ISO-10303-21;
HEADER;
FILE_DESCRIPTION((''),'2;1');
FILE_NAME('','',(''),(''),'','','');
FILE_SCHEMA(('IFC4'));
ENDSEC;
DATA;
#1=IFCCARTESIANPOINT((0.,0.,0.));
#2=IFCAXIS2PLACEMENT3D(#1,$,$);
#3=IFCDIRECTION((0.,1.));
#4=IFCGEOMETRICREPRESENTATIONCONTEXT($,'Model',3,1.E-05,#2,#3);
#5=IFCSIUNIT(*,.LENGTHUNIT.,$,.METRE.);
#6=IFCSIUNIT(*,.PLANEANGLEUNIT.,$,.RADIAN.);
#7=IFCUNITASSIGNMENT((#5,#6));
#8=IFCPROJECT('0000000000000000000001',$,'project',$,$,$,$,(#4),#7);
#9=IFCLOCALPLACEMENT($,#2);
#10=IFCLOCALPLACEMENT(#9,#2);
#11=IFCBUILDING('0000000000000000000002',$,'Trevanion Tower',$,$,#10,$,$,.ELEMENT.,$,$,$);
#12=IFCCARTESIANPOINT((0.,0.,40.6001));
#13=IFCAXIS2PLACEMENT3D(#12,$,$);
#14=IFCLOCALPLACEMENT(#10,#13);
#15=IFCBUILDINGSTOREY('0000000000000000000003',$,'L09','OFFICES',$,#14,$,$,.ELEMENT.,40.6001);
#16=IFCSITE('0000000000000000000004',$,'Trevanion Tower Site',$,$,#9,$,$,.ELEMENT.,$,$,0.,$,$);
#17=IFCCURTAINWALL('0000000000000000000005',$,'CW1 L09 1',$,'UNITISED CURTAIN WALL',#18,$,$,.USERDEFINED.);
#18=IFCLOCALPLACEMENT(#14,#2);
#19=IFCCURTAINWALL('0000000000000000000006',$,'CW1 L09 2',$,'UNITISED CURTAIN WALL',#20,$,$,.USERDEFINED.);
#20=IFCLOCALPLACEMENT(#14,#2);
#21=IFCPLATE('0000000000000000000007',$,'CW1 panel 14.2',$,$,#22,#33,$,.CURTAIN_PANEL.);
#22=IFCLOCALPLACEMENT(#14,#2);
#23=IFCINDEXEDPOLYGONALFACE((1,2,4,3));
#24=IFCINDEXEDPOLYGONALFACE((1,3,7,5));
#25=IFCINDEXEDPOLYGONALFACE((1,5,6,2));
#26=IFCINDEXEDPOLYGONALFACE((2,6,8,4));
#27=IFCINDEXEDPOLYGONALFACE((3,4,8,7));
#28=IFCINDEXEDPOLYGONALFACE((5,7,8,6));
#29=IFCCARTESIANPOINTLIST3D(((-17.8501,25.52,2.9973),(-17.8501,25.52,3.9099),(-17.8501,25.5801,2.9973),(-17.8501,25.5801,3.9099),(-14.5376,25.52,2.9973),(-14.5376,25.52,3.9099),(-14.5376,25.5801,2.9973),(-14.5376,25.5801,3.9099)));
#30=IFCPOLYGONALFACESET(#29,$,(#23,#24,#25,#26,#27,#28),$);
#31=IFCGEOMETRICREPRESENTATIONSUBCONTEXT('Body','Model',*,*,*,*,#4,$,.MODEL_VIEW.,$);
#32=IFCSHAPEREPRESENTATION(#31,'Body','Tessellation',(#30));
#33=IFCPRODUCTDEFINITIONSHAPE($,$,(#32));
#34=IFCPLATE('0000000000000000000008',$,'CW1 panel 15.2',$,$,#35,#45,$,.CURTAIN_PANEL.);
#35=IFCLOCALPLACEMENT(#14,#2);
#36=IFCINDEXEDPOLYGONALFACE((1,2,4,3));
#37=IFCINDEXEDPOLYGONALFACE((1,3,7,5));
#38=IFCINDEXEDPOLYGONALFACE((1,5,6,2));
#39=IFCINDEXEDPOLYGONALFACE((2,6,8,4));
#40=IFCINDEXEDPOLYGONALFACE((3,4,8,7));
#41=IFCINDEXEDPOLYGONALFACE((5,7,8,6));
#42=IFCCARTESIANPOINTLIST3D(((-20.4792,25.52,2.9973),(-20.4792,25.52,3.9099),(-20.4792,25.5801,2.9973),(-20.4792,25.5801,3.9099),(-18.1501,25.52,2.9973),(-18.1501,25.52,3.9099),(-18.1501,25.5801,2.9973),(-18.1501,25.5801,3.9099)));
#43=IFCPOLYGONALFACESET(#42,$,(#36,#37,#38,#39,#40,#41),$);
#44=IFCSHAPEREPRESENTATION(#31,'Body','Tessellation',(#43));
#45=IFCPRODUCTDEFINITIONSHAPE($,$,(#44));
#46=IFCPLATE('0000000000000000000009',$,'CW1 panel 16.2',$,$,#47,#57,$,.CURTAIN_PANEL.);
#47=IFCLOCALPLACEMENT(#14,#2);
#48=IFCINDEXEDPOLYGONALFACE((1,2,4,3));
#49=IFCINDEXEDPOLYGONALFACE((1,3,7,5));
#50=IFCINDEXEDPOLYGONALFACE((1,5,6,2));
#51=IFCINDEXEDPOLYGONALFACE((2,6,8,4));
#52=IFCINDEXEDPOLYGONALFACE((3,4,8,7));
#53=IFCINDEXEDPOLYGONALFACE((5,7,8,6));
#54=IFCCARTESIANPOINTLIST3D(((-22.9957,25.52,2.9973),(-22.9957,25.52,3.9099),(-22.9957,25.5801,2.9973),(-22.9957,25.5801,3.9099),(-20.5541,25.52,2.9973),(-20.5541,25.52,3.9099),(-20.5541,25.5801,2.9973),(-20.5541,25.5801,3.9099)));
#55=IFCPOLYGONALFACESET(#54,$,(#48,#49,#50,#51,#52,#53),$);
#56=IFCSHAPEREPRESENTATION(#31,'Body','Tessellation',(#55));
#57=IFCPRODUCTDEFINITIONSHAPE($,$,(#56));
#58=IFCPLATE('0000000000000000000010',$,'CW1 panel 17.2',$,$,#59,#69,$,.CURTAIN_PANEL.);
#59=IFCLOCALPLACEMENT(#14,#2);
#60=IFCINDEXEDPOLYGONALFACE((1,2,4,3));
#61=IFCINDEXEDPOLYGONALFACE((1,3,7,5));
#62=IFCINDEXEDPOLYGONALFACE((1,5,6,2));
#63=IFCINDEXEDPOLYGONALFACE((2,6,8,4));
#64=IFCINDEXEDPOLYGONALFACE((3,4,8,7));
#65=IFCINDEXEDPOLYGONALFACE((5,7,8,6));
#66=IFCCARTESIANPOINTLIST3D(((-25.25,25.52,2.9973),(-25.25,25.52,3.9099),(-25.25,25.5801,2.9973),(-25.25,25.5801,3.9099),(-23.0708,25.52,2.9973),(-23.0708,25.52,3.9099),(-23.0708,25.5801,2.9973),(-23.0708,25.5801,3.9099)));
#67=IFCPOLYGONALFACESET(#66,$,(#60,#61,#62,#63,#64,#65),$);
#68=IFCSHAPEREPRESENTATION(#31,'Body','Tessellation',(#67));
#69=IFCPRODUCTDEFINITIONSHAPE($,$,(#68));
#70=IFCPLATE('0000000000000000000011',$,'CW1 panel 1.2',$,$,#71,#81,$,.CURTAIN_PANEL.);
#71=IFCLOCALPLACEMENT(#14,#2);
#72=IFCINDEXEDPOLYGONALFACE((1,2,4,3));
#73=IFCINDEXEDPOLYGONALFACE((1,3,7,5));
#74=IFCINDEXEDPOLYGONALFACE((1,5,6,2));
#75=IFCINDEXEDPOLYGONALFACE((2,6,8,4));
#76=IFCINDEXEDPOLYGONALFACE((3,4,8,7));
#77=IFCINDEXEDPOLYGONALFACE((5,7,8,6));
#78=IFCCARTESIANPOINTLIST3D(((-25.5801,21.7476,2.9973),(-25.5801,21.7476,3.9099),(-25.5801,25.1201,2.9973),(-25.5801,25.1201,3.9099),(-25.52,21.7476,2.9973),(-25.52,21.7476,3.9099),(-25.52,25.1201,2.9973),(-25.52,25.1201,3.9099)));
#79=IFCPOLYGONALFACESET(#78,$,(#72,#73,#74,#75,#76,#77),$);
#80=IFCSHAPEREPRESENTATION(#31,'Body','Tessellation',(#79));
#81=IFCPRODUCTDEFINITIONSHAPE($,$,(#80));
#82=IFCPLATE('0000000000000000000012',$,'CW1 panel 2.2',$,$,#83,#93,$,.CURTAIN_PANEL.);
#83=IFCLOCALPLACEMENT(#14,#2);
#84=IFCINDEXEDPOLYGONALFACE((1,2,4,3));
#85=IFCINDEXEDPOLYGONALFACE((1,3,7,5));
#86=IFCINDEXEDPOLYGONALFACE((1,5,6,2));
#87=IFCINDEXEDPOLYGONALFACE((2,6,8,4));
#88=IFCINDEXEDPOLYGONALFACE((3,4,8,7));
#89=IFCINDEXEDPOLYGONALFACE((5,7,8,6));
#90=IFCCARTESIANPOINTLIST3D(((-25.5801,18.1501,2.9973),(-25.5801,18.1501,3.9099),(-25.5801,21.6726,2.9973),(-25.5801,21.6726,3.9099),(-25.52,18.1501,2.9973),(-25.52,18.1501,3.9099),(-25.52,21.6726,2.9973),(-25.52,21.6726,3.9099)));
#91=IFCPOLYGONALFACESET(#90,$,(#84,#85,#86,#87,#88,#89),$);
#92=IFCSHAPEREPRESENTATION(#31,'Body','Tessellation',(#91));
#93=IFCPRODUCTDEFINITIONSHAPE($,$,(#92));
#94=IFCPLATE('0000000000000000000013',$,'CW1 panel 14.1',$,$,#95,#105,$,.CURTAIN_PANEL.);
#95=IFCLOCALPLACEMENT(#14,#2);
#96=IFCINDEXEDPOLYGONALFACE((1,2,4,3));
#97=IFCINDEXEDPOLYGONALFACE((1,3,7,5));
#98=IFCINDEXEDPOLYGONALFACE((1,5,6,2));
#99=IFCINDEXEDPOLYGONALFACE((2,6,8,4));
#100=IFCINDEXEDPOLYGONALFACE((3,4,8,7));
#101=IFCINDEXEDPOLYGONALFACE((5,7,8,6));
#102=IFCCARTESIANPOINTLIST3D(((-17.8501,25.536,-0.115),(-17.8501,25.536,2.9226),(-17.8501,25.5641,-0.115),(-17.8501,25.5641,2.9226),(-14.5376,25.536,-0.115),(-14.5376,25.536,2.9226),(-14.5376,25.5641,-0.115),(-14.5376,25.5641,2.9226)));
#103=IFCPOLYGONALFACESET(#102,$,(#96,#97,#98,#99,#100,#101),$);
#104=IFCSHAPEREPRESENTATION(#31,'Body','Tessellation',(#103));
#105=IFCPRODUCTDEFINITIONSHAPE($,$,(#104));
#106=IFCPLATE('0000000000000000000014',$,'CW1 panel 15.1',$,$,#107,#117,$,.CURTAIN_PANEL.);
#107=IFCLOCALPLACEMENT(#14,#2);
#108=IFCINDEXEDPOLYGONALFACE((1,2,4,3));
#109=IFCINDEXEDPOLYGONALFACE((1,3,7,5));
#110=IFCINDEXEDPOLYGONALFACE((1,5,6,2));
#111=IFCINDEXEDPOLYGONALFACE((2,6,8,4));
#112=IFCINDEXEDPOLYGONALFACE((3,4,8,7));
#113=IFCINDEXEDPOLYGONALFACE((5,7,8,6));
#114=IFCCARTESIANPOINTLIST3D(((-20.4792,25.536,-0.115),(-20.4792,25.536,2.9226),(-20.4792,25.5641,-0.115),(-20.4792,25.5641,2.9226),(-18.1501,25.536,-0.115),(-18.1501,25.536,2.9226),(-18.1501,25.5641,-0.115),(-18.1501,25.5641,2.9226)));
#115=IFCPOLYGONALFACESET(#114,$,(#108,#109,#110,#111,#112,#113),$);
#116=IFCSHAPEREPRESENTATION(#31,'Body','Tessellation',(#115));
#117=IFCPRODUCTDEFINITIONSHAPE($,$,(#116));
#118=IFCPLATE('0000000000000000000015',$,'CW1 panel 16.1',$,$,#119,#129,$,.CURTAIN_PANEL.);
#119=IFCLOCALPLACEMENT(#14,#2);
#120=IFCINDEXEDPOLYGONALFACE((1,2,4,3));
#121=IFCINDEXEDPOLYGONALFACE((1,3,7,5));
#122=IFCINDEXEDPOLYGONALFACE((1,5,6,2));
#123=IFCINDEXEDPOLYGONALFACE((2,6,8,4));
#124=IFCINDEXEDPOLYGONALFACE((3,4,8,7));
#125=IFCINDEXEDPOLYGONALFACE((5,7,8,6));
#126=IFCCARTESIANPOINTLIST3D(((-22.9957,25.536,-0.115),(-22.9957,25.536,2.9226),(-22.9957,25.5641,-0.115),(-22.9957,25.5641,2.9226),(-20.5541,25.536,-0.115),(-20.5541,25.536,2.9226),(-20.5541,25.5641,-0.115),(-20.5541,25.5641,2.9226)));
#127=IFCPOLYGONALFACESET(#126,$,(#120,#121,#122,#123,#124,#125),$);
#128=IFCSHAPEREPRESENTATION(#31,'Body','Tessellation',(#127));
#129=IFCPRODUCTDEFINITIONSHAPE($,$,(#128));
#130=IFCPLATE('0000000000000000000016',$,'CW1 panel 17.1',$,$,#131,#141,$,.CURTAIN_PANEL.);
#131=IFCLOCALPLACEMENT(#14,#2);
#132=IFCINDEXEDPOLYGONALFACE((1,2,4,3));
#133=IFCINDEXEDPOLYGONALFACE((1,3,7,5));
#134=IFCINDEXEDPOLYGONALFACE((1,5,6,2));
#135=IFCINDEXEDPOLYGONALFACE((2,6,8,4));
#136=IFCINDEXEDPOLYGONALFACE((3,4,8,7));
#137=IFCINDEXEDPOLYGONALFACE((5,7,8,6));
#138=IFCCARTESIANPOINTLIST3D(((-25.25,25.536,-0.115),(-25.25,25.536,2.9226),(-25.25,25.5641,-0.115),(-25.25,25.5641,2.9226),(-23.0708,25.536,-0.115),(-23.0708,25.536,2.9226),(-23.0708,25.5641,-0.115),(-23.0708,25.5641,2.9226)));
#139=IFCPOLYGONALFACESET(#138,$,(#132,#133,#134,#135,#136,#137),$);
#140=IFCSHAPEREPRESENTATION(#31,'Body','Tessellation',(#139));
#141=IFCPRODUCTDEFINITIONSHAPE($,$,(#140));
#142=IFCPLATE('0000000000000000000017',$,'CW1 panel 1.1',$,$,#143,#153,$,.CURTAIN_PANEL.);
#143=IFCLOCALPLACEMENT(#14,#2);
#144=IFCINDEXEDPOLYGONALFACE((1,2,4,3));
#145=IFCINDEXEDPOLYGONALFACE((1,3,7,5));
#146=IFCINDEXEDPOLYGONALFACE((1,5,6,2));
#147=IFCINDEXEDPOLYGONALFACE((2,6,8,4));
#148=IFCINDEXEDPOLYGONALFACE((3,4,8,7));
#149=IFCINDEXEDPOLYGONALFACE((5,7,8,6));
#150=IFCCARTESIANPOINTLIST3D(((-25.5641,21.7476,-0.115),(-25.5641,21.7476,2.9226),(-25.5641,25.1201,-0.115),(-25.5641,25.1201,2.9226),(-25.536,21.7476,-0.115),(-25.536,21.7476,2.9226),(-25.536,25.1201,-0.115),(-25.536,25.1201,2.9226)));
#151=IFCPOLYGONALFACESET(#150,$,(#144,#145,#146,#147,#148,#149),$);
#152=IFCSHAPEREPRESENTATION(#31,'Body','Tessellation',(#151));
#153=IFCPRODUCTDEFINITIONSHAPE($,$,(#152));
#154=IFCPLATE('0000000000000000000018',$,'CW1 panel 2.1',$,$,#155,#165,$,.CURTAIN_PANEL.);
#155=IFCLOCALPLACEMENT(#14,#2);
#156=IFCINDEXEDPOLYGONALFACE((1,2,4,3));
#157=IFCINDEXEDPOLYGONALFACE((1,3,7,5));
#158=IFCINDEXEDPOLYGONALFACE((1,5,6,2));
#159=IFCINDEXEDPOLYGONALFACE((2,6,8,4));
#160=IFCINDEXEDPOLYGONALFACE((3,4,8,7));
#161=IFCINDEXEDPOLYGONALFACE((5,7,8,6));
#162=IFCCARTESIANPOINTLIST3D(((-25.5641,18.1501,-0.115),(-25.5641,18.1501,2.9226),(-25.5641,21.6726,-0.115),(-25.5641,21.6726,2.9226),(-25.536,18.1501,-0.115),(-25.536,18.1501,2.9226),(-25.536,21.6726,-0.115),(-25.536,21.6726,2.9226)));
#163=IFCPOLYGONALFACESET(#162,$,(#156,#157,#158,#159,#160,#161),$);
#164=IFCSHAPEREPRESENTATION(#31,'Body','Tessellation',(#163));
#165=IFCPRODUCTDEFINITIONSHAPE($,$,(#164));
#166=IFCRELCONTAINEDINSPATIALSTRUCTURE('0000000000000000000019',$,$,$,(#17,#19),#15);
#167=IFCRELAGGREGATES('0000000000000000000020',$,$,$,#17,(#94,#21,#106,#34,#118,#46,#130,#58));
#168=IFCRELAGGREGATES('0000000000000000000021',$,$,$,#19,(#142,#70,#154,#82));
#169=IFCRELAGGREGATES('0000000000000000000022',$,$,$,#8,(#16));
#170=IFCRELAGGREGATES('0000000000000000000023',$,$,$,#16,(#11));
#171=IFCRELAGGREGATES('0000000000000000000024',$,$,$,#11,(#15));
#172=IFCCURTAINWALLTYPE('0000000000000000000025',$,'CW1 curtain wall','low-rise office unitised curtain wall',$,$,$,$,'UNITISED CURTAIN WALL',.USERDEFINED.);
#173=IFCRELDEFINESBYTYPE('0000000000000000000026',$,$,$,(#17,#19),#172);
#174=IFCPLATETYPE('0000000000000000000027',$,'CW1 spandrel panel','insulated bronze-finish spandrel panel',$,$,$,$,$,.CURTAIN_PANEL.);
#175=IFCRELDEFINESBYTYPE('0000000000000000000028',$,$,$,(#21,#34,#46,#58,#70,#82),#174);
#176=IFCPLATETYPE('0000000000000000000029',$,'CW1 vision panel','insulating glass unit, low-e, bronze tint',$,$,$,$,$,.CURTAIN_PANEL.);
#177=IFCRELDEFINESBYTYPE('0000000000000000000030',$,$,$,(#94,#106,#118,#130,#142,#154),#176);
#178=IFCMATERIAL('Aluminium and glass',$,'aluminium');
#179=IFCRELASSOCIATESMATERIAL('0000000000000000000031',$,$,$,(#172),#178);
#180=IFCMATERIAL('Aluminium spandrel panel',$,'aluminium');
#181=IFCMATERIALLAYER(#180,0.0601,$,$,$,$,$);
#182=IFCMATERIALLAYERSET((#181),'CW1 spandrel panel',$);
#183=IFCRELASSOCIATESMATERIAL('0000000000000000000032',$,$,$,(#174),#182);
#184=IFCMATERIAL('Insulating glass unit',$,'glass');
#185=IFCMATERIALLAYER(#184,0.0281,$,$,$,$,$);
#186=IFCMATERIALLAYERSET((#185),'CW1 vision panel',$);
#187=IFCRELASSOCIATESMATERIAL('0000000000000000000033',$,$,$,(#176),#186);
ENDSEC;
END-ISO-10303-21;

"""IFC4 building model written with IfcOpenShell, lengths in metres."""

from ifc_helpers import new_model, si_unit, direction, frame, origin, origin_2d, place, context, subcontext, project, spatial, rectangle, extrude, material, layer, layer_set, type_object, element, aggregate, save


model = new_model("IFC4")

# Units and contexts
model_context = context("Model", 3, precision=1e-05, world=origin(), true_north=direction((0.0, 1.0)))
body_context = subcontext(model_context, "Body", "Model", "MODEL_VIEW")
ifc_project = project(units=[si_unit("LENGTHUNIT", "METRE"), si_unit("PLANEANGLEUNIT", "RADIAN")], contexts=[model_context])

# Site, building, storey
site_placement = place(None, origin())
site = spatial("IfcSite", under=ifc_project, at=site_placement, Name="Trevanion Tower Site", CompositionType="ELEMENT", RefElevation=0.0)
building_placement = place(site_placement, origin())
building = spatial("IfcBuilding", under=site, at=building_placement, Name="Trevanion Tower", CompositionType="ELEMENT")
storey_placement = place(building_placement, frame((0.0, 0.0, 40.6001)))
storey = spatial("IfcBuildingStorey", under=building, at=storey_placement, Name="L09", Description="OFFICES", CompositionType="ELEMENT", Elevation=40.6001)

# Curtain wall
ifc_material_1 = material(Name="Aluminium and glass", Category="aluminium")
curtain_wall_type = type_object("IfcCurtainWallType", Name="CW1 curtain wall", Description="low-rise office unitised curtain wall", ElementType="UNITISED CURTAIN WALL", PredefinedType="USERDEFINED", material=ifc_material_1)
curtain_wall_1_placement = place(storey_placement, origin())
curtain_wall_1 = element("IfcCurtainWall", 1, at=curtain_wall_1_placement, inside=storey, type_object=curtain_wall_type, Name="CW1 L09 1", ObjectType="UNITISED CURTAIN WALL", PredefinedType="USERDEFINED")

# Curtain wall
curtain_wall_2_placement = place(storey_placement, origin())
curtain_wall_2 = element("IfcCurtainWall", 2, at=curtain_wall_2_placement, inside=storey, type_object=curtain_wall_type, Name="CW1 L09 2", ObjectType="UNITISED CURTAIN WALL", PredefinedType="USERDEFINED")

# Plates
ifc_material_2 = material(Name="Aluminium spandrel panel", Category="aluminium")
ifc_layer_1 = layer(ifc_material_2, 0.0601)
ifc_layer_set_1 = layer_set([ifc_layer_1], Name="CW1 spandrel panel")
plate_type_1 = type_object("IfcPlateType", Name="CW1 spandrel panel", Description="insulated bronze-finish spandrel panel", PredefinedType="CURTAIN_PANEL", material=ifc_layer_set_1)
plate_1_placement = place(storey_placement, frame((-16.1938, 25.55, 2.9973), z_axis=(0.0, 0.0, 1.0), x_axis=(-1.0, 0.0, 0.0)))
plate_1 = element("IfcPlate", 3, at=plate_1_placement, type_object=plate_type_1, Name="CW1 panel 14.2", PredefinedType="CURTAIN_PANEL", context=body_context, shape_type="SweptSolid", body=[
    extrude(rectangle(XDim=3.3125, YDim=0.0601, at=origin_2d()), origin(), (0.0, 0.0, 1.0), 0.9126),
])
plate_2_placement = place(storey_placement, frame((-19.3147, 25.55, 2.9973), z_axis=(0.0, 0.0, 1.0), x_axis=(-1.0, 0.0, 0.0)))
plate_2 = element("IfcPlate", 4, at=plate_2_placement, type_object=plate_type_1, Name="CW1 panel 15.2", PredefinedType="CURTAIN_PANEL", context=body_context, shape_type="SweptSolid", body=[
    extrude(rectangle(XDim=2.3291, YDim=0.0601, at=origin_2d()), origin(), (0.0, 0.0, 1.0), 0.9126),
])
plate_3_placement = place(storey_placement, frame((-21.7749, 25.55, 2.9973), z_axis=(0.0, 0.0, 1.0), x_axis=(-1.0, 0.0, 0.0)))
plate_3 = element("IfcPlate", 5, at=plate_3_placement, type_object=plate_type_1, Name="CW1 panel 16.2", PredefinedType="CURTAIN_PANEL", context=body_context, shape_type="SweptSolid", body=[
    extrude(rectangle(XDim=2.4417, YDim=0.0601, at=origin_2d()), origin(), (0.0, 0.0, 1.0), 0.9126),
])
plate_4_placement = place(storey_placement, frame((-24.1604, 25.55, 2.9973), z_axis=(0.0, 0.0, 1.0), x_axis=(-1.0, 0.0, 0.0)))
plate_4 = element("IfcPlate", 6, at=plate_4_placement, type_object=plate_type_1, Name="CW1 panel 17.2", PredefinedType="CURTAIN_PANEL", context=body_context, shape_type="SweptSolid", body=[
    extrude(rectangle(XDim=2.1792, YDim=0.0601, at=origin_2d()), origin(), (0.0, 0.0, 1.0), 0.9126),
])
plate_5_placement = place(storey_placement, frame((-25.55, 23.4338, 2.9973), z_axis=(0.0, 0.0, 1.0), x_axis=(0.0, -1.0, 0.0)))
plate_5 = element("IfcPlate", 7, at=plate_5_placement, type_object=plate_type_1, Name="CW1 panel 1.2", PredefinedType="CURTAIN_PANEL", context=body_context, shape_type="SweptSolid", body=[
    extrude(rectangle(XDim=3.3726, YDim=0.0601, at=origin_2d()), origin(), (0.0, 0.0, 1.0), 0.9126),
])
plate_6_placement = place(storey_placement, frame((-25.55, 19.9114, 2.9973), z_axis=(0.0, 0.0, 1.0), x_axis=(0.0, -1.0, 0.0)))
plate_6 = element("IfcPlate", 8, at=plate_6_placement, type_object=plate_type_1, Name="CW1 panel 2.2", PredefinedType="CURTAIN_PANEL", context=body_context, shape_type="SweptSolid", body=[
    extrude(rectangle(XDim=3.5225, YDim=0.0601, at=origin_2d()), origin(), (0.0, 0.0, 1.0), 0.9126),
])
ifc_material_3 = material(Name="Insulating glass unit", Category="glass")
ifc_layer_2 = layer(ifc_material_3, 0.0281)
ifc_layer_set_2 = layer_set([ifc_layer_2], Name="CW1 vision panel")
plate_type_2 = type_object("IfcPlateType", Name="CW1 vision panel", Description="insulating glass unit, low-e, bronze tint", PredefinedType="CURTAIN_PANEL", material=ifc_layer_set_2)
plate_7_placement = place(storey_placement, frame((-16.1938, 25.55, -0.115), z_axis=(0.0, 0.0, 1.0), x_axis=(-1.0, 0.0, 0.0)))
plate_7 = element("IfcPlate", 9, at=plate_7_placement, type_object=plate_type_2, Name="CW1 panel 14.1", PredefinedType="CURTAIN_PANEL", context=body_context, shape_type="SweptSolid", body=[
    extrude(rectangle(XDim=3.3125, YDim=0.0281, at=origin_2d()), origin(), (0.0, 0.0, 1.0), 3.0376),
])
plate_8_placement = place(storey_placement, frame((-19.3147, 25.55, -0.115), z_axis=(0.0, 0.0, 1.0), x_axis=(-1.0, 0.0, 0.0)))
plate_8 = element("IfcPlate", 10, at=plate_8_placement, type_object=plate_type_2, Name="CW1 panel 15.1", PredefinedType="CURTAIN_PANEL", context=body_context, shape_type="SweptSolid", body=[
    extrude(rectangle(XDim=2.3291, YDim=0.0281, at=origin_2d()), origin(), (0.0, 0.0, 1.0), 3.0376),
])
plate_9_placement = place(storey_placement, frame((-21.7749, 25.55, -0.115), z_axis=(0.0, 0.0, 1.0), x_axis=(-1.0, 0.0, 0.0)))
plate_9 = element("IfcPlate", 11, at=plate_9_placement, type_object=plate_type_2, Name="CW1 panel 16.1", PredefinedType="CURTAIN_PANEL", context=body_context, shape_type="SweptSolid", body=[
    extrude(rectangle(XDim=2.4417, YDim=0.0281, at=origin_2d()), origin(), (0.0, 0.0, 1.0), 3.0376),
])
plate_10_placement = place(storey_placement, frame((-24.1604, 25.55, -0.115), z_axis=(0.0, 0.0, 1.0), x_axis=(-1.0, 0.0, 0.0)))
plate_10 = element("IfcPlate", 12, at=plate_10_placement, type_object=plate_type_2, Name="CW1 panel 17.1", PredefinedType="CURTAIN_PANEL", context=body_context, shape_type="SweptSolid", body=[
    extrude(rectangle(XDim=2.1792, YDim=0.0281, at=origin_2d()), origin(), (0.0, 0.0, 1.0), 3.0376),
])
aggregate(curtain_wall_1, [plate_7, plate_1, plate_8, plate_2, plate_9, plate_3, plate_10, plate_4])
plate_11_placement = place(storey_placement, frame((-25.55, 23.4338, -0.115), z_axis=(0.0, 0.0, 1.0), x_axis=(0.0, -1.0, 0.0)))
plate_11 = element("IfcPlate", 13, at=plate_11_placement, type_object=plate_type_2, Name="CW1 panel 1.1", PredefinedType="CURTAIN_PANEL", context=body_context, shape_type="SweptSolid", body=[
    extrude(rectangle(XDim=3.3726, YDim=0.0281, at=origin_2d()), origin(), (0.0, 0.0, 1.0), 3.0376),
])
plate_12_placement = place(storey_placement, frame((-25.55, 19.9114, -0.115), z_axis=(0.0, 0.0, 1.0), x_axis=(0.0, -1.0, 0.0)))
plate_12 = element("IfcPlate", 14, at=plate_12_placement, type_object=plate_type_2, Name="CW1 panel 2.1", PredefinedType="CURTAIN_PANEL", context=body_context, shape_type="SweptSolid", body=[
    extrude(rectangle(XDim=3.5225, YDim=0.0281, at=origin_2d()), origin(), (0.0, 0.0, 1.0), 3.0376),
])
aggregate(curtain_wall_2, [plate_11, plate_5, plate_12, plate_6])

save(model, "model.ifc")
